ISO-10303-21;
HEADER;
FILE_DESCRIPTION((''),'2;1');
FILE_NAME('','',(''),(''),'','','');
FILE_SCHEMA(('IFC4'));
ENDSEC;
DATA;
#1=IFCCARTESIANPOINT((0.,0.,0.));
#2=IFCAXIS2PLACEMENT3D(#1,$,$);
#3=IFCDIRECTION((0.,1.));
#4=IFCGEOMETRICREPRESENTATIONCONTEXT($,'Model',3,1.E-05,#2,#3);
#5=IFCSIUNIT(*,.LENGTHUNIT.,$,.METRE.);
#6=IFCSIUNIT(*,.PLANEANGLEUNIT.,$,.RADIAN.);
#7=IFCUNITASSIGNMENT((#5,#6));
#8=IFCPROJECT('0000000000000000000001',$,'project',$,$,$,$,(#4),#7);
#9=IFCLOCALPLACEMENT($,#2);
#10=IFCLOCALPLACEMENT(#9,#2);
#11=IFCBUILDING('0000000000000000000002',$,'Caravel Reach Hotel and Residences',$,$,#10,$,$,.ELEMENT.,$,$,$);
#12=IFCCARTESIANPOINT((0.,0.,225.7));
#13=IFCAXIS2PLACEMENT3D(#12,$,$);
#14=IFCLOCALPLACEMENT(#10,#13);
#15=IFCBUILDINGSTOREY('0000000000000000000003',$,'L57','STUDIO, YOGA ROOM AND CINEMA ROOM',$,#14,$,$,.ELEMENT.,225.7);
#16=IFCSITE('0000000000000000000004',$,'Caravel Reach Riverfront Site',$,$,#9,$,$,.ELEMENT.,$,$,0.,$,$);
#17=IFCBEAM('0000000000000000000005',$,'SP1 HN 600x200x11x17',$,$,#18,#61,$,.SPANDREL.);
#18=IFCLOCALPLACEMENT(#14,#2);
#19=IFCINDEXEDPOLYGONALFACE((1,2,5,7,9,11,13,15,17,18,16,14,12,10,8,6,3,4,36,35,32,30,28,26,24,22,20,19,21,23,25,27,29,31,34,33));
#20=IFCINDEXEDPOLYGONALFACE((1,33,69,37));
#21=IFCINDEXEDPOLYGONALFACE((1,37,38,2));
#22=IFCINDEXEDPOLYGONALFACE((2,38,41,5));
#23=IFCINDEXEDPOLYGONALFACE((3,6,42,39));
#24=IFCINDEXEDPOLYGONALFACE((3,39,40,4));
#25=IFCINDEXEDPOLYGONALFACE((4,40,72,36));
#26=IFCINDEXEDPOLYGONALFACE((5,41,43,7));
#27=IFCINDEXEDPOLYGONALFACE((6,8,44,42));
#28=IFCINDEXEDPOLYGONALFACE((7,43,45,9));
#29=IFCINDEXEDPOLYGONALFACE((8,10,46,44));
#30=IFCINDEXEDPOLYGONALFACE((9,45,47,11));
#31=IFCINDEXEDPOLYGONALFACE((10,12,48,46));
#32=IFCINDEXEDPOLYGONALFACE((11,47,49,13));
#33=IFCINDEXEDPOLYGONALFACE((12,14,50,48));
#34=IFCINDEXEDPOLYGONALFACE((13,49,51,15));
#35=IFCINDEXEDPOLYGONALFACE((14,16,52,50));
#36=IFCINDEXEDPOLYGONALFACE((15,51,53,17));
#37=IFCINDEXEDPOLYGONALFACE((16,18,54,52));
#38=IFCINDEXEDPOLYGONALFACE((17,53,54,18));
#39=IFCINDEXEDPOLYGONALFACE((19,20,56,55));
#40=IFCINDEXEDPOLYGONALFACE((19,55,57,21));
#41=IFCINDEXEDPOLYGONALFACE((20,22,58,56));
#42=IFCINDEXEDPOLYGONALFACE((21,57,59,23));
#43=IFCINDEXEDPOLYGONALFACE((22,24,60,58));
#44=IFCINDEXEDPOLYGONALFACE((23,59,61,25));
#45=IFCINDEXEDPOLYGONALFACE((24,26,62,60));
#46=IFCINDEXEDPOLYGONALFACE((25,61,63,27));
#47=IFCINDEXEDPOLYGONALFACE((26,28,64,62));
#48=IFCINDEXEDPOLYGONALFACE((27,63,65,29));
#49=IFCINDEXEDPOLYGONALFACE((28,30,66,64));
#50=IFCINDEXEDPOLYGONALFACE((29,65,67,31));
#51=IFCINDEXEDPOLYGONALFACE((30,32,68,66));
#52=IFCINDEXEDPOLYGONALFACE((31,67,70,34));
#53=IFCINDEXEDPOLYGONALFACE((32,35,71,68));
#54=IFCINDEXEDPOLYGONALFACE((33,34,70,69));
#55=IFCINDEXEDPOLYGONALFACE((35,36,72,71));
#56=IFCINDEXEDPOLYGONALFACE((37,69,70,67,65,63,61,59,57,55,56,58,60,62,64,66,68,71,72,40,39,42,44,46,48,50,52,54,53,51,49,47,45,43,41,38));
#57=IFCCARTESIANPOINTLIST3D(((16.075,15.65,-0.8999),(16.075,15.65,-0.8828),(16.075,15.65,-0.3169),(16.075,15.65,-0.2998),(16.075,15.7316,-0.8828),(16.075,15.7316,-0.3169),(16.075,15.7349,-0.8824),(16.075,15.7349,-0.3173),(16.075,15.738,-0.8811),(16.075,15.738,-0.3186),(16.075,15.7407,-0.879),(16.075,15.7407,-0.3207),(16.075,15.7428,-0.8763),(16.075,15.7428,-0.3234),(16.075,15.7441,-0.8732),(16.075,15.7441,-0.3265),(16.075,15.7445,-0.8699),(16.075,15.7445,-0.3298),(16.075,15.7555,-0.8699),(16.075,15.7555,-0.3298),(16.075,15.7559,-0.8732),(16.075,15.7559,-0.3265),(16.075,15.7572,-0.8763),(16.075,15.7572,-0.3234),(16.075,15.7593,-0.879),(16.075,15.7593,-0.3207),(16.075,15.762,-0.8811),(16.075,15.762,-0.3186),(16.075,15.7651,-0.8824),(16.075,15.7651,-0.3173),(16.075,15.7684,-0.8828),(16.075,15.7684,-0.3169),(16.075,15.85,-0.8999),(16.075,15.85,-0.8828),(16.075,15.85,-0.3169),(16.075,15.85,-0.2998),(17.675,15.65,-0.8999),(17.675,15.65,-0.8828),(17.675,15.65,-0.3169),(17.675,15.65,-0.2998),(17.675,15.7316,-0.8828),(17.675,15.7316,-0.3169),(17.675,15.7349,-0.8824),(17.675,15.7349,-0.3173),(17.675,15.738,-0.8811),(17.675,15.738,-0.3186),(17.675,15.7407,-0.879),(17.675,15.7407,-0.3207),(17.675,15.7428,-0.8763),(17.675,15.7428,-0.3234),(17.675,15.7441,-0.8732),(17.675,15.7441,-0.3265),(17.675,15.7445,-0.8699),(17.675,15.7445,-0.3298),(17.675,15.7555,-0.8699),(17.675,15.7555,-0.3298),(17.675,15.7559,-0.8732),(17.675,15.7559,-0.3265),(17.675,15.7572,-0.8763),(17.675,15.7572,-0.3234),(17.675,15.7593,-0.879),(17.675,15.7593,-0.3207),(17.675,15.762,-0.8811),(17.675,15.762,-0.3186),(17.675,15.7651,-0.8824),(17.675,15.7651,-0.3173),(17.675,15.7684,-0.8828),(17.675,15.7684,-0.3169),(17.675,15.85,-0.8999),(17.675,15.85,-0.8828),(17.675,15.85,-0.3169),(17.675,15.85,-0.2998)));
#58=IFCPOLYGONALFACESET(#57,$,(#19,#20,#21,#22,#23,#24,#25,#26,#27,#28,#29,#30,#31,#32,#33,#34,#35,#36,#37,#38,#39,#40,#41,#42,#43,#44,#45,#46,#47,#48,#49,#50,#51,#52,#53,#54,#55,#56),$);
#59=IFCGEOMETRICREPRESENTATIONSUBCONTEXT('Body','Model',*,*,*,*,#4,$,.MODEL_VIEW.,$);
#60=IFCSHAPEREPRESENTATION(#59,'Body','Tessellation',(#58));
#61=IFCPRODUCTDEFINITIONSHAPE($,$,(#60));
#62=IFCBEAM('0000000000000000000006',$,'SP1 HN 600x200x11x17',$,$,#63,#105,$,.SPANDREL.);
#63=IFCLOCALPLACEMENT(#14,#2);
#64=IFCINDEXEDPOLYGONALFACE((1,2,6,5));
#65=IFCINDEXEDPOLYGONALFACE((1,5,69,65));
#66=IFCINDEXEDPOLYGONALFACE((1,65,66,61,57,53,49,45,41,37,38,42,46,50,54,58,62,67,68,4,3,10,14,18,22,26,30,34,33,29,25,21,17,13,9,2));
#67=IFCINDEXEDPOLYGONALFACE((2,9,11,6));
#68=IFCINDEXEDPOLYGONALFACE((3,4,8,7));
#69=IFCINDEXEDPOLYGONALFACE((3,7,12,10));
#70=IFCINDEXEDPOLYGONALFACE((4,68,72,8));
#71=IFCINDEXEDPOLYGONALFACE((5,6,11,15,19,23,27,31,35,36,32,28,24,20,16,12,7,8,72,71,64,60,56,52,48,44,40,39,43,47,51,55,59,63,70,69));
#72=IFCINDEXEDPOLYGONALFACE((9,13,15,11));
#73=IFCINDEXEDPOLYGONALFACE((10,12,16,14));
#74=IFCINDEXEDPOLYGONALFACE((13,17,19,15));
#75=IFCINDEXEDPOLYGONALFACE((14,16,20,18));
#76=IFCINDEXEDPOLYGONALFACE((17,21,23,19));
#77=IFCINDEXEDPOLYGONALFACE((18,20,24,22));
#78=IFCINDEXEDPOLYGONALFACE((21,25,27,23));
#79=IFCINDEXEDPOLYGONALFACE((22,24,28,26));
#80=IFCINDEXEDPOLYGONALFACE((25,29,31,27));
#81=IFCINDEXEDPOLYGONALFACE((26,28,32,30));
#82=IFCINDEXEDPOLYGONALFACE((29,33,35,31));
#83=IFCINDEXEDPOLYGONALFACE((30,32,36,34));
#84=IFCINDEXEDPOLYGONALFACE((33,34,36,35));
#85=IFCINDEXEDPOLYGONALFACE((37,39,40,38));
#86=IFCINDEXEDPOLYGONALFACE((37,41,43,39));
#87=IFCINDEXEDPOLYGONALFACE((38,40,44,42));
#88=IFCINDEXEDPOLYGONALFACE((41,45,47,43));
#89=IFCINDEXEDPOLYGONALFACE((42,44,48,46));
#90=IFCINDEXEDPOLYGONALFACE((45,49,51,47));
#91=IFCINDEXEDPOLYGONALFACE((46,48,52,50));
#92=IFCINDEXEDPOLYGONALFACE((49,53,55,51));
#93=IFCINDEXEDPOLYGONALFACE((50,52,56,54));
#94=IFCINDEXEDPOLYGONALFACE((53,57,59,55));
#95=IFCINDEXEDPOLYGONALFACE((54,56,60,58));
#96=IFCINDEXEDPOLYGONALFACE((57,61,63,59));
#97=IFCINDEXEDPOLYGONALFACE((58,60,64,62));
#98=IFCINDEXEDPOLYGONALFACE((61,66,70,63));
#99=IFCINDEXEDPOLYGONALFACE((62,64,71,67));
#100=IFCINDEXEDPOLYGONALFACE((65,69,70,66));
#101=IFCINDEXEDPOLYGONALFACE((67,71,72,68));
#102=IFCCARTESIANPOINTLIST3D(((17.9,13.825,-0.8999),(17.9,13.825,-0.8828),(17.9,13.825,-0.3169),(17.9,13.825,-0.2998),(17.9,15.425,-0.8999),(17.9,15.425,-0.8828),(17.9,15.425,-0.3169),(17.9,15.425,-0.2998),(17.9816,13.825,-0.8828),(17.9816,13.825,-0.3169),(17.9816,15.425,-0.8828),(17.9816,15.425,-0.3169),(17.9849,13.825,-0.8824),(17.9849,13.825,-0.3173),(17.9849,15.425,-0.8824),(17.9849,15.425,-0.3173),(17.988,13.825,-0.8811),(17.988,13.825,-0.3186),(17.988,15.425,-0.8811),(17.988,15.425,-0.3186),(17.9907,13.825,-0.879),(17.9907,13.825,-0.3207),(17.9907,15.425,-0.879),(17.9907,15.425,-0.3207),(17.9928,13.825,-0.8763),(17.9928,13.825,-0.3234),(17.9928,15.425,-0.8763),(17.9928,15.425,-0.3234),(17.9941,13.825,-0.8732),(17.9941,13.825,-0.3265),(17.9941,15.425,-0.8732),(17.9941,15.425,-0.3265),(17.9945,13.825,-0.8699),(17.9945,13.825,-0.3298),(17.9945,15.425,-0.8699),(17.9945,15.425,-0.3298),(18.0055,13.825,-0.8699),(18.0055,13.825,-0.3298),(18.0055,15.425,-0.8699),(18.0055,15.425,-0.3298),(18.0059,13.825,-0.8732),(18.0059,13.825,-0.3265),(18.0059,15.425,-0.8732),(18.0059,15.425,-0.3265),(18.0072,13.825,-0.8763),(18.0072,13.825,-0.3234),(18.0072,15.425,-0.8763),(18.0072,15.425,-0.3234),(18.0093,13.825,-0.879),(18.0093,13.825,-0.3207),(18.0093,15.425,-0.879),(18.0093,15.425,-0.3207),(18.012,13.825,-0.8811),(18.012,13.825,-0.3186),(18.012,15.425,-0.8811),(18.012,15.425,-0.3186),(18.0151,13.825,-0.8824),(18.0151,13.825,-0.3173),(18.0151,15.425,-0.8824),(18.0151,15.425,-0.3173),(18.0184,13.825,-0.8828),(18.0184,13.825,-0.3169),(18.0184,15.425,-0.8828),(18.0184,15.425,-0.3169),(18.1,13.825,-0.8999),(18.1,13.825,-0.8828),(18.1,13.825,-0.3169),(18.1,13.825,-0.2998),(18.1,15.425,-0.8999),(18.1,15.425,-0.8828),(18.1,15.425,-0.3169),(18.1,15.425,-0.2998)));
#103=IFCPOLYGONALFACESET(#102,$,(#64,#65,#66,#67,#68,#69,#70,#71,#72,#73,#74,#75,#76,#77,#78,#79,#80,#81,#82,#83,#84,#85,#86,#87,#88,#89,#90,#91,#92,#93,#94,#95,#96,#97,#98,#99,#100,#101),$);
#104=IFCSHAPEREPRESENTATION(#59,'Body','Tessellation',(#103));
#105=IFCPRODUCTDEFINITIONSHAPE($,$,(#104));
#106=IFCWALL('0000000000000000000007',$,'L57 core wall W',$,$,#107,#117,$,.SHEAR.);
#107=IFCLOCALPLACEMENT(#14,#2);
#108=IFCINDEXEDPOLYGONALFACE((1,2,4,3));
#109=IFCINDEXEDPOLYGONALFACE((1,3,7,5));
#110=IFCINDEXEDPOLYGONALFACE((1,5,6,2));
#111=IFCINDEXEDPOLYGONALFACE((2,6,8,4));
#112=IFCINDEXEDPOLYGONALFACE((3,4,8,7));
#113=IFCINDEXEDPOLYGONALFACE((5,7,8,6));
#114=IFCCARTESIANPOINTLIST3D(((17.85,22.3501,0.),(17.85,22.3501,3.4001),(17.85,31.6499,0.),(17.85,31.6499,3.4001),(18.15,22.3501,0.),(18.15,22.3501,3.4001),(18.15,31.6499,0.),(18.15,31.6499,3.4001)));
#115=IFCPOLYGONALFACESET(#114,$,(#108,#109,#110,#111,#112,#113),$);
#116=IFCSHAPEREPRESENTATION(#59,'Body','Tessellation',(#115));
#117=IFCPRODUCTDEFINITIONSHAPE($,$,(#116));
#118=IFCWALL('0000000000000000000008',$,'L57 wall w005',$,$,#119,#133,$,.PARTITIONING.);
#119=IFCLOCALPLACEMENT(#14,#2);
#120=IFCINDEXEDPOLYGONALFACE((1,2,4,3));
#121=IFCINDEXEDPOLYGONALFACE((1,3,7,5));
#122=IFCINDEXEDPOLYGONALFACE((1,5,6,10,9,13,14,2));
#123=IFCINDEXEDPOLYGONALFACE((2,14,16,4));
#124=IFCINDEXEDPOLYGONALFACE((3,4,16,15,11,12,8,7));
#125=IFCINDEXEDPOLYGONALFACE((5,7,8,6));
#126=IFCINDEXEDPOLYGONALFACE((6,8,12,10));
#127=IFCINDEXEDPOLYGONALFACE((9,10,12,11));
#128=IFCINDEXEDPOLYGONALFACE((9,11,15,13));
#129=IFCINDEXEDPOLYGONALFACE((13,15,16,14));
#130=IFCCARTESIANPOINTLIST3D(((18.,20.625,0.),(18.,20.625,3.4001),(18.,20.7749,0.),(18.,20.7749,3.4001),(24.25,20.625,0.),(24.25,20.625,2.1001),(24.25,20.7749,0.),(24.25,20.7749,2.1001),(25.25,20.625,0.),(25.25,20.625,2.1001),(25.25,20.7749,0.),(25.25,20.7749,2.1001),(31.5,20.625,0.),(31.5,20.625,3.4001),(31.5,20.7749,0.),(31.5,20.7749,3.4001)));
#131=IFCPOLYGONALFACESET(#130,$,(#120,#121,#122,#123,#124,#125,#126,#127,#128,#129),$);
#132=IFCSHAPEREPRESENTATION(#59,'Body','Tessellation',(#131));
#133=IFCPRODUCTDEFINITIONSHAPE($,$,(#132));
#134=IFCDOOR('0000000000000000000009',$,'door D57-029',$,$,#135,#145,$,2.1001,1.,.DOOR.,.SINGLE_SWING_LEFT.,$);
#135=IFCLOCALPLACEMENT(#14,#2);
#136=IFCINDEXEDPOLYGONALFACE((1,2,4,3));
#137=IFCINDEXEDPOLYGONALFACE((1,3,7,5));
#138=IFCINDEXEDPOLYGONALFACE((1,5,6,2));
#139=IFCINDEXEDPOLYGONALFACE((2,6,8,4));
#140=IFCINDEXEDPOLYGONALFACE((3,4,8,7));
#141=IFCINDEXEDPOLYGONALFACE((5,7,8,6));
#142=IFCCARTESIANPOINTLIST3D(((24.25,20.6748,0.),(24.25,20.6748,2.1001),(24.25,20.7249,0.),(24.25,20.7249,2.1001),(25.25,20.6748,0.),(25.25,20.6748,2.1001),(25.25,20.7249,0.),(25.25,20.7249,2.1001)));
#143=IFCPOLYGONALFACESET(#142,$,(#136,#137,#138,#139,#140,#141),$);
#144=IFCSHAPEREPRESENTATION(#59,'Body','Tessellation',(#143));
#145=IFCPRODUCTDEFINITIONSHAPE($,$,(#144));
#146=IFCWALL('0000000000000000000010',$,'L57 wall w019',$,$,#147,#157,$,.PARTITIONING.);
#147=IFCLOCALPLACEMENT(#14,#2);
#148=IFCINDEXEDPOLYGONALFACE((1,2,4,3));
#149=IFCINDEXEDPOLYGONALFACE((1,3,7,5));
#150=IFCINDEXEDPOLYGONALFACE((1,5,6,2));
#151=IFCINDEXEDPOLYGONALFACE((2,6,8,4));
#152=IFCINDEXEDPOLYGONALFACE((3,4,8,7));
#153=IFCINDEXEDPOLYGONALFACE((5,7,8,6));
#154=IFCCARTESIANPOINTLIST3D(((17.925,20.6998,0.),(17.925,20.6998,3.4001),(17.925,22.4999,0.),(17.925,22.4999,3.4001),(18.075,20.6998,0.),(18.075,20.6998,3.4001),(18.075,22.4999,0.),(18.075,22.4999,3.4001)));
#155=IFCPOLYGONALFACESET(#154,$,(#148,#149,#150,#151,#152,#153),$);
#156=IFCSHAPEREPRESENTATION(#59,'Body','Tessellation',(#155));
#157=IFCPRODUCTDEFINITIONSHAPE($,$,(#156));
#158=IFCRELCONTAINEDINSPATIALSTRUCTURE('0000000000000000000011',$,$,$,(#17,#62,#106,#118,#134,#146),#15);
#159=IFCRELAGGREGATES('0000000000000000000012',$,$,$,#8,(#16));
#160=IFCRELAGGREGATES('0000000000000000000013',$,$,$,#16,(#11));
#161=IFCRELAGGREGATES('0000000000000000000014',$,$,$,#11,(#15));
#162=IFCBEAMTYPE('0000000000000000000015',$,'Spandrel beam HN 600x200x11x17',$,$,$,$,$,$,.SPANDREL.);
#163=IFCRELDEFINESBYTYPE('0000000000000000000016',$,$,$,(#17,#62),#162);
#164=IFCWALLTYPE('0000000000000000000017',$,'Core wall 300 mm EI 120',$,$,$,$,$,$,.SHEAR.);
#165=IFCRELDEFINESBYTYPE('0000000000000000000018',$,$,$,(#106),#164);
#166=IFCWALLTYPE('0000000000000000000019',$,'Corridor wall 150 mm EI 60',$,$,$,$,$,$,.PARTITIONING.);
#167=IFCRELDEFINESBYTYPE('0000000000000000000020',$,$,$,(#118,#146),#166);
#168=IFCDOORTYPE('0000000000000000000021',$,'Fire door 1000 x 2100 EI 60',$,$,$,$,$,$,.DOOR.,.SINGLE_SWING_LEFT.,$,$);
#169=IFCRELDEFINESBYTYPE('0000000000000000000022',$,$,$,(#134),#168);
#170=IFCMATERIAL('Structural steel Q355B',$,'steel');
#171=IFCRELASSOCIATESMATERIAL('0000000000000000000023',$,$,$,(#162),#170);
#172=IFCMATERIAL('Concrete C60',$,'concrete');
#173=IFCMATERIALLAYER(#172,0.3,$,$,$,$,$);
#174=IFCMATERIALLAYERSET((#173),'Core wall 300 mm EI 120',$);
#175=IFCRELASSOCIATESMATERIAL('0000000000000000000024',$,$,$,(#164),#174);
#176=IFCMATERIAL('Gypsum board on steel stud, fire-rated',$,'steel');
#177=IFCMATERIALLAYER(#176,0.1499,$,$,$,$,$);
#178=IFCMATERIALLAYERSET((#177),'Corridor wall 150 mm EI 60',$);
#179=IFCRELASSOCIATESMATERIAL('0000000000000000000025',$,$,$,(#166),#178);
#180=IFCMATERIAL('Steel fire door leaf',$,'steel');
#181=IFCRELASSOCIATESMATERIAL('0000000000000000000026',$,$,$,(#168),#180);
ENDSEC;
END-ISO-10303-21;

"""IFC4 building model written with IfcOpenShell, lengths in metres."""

from ifc_helpers import new_model, si_unit, direction, frame, frame_2d, origin, origin_2d, place, context, subcontext, project, spatial, rectangle, i_section, extrude, material, layer, layer_set, material_profile, profile_set, type_object, element, fill, save


model = new_model("IFC4")

# Units and contexts
model_context = context("Model", 3, precision=1e-05, world=origin(), true_north=direction((0.0, 1.0)))
body_context = subcontext(model_context, "Body", "Model", "MODEL_VIEW")
ifc_project = project(units=[si_unit("LENGTHUNIT", "METRE"), si_unit("PLANEANGLEUNIT", "RADIAN")], contexts=[model_context])

# Site, building, storey
site_placement = place(None, origin())
site = spatial("IfcSite", under=ifc_project, at=site_placement, Name="Caravel Reach Riverfront Site", CompositionType="ELEMENT", RefElevation=0.0)
building_placement = place(site_placement, origin())
building = spatial("IfcBuilding", under=site, at=building_placement, Name="Caravel Reach Hotel and Residences", CompositionType="ELEMENT")
storey_placement = place(building_placement, frame((0.0, 0.0, 225.7)))
storey = spatial("IfcBuildingStorey", under=building, at=storey_placement, Name="L57", Description="STUDIO, YOGA ROOM AND CINEMA ROOM", CompositionType="ELEMENT", Elevation=225.7)

# Beams
ifc_material_1 = material(Name="Structural steel Q355B", Category="steel")
ifc_material_profile_1 = material_profile(ifc_material_1, i_section(OverallWidth=0.2, OverallDepth=0.6001, WebThickness=0.011, FlangeThickness=0.0171, FilletRadius=0.0129, at=origin_2d()), Name="HN 600x200x11x17")
ifc_profile_set_1 = profile_set([ifc_material_profile_1], Name="Structural steel Q355B")
beam_type_1 = type_object("IfcBeamType", Name="Spandrel beam HN 600x200x11x17", PredefinedType="SPANDREL", material=ifc_profile_set_1)
for number, where, z_axis, x_axis, name in (
    (1, (16.075, 15.75, -0.5999), (1.0, 0.0, 0.0), (0.0, 1.0, 0.0), "SP1 HN 600x200x11x17"),
    (2, (18.0, 15.425, -0.5999), (0.0, -1.0, 0.0), (1.0, 0.0, 0.0), "SP1 HN 600x200x11x17"),
):
    element("IfcBeam", number, at=place(storey_placement, frame(where, z_axis=z_axis, x_axis=x_axis)), inside=storey, type_object=beam_type_1, Name=name, PredefinedType="SPANDREL", context=body_context, shape_type="SweptSolid", body=[
        extrude(i_section(OverallWidth=0.2, OverallDepth=0.6001, WebThickness=0.011, FlangeThickness=0.0171, FilletRadius=0.0129, at=origin_2d()), origin(), (0.0, 0.0, 1.0), 1.6001),
    ])

# Wall
ifc_material_2 = material(Name="Concrete C60", Category="concrete")
ifc_layer_1 = layer(ifc_material_2, 0.3)
ifc_layer_set_1 = layer_set([ifc_layer_1], Name="Core wall 300 mm EI 120")
wall_type_1 = type_object("IfcWallType", Name="Core wall 300 mm EI 120", PredefinedType="SHEAR", material=ifc_layer_set_1)
wall_1_placement = place(storey_placement, frame((18.0, 22.3501, 0.0), z_axis=(0.0, 0.0, 1.0), x_axis=(0.0, 1.0, 0.0)))
element("IfcWall", 3, at=wall_1_placement, inside=storey, type_object=wall_type_1, Name="L57 core wall W", PredefinedType="SHEAR", context=body_context, shape_type="SweptSolid", body=[
    extrude(rectangle(XDim=9.2998, YDim=0.3, at=frame_2d((4.6499, 0.0))), origin(), (0.0, 0.0, 1.0), 3.4001),
])

# Wall, opening, door
ifc_material_3 = material(Name="Gypsum board on steel stud, fire-rated", Category="steel")
ifc_layer_2 = layer(ifc_material_3, 0.1499)
ifc_layer_set_2 = layer_set([ifc_layer_2], Name="Corridor wall 150 mm EI 60")
wall_type_2 = type_object("IfcWallType", Name="Corridor wall 150 mm EI 60", PredefinedType="PARTITIONING", material=ifc_layer_set_2)
wall_2_placement = place(storey_placement, frame((18.0, 20.7, 0.0), z_axis=(0.0, 0.0, 1.0), x_axis=(1.0, 0.0, 0.0)))
wall_2 = element("IfcWall", 4, at=wall_2_placement, inside=storey, type_object=wall_type_2, Name="L57 wall w005", PredefinedType="PARTITIONING", context=body_context, shape_type="SweptSolid", body=[
    extrude(rectangle(XDim=13.5, YDim=0.1499, at=frame_2d((6.75, 0.0))), origin(), (0.0, 0.0, 1.0), 3.4001),
])
opening_1_placement = place(wall_2_placement, frame((6.25, 0.0, 0.0)))
opening_1 = element("IfcOpeningElement", 5, at=opening_1_placement, cuts=wall_2, PredefinedType="OPENING", context=body_context, shape_type="SweptSolid", body=[
    extrude(rectangle(XDim=1.0, YDim=2.1001, at=frame_2d((0.5, 1.05))), frame((0.0, 0.085, 0.0), z_axis=(0.0, -1.0, 0.0), x_axis=(1.0, 0.0, 0.0)), (0.0, 0.0, 1.0), 0.1699),
])
ifc_material_4 = material(Name="Steel fire door leaf", Category="steel")
door_type = type_object("IfcDoorType", Name="Fire door 1000 x 2100 EI 60", OperationType="SINGLE_SWING_LEFT", PredefinedType="DOOR", material=ifc_material_4)
door_placement = place(opening_1_placement, origin())
door = element("IfcDoor", 6, at=door_placement, inside=storey, type_object=door_type, Name="door D57-029", OperationType="SINGLE_SWING_LEFT", OverallHeight=2.1001, OverallWidth=1.0, PredefinedType="DOOR", context=body_context, shape_type="SweptSolid", body=[
    extrude(rectangle(XDim=1.0, YDim=2.1001, at=frame_2d((0.5, 1.05))), frame((0.0, 0.0249, 0.0), z_axis=(0.0, -1.0, 0.0), x_axis=(1.0, 0.0, 0.0)), (0.0, 0.0, 1.0), 0.05),
])
fill(opening_1, door)

# Wall
wall_3_placement = place(storey_placement, frame((18.0, 20.7, 0.0), z_axis=(0.0, 0.0, 1.0), x_axis=(0.0, 1.0, 0.0)))
element("IfcWall", 7, at=wall_3_placement, inside=storey, type_object=wall_type_2, Name="L57 wall w019", PredefinedType="PARTITIONING", context=body_context, shape_type="SweptSolid", body=[
    extrude(rectangle(XDim=1.8, YDim=0.1499, at=frame_2d((0.8999, 0.0))), origin(), (0.0, 0.0, 1.0), 3.4001),
])

save(model, "model.ifc")
